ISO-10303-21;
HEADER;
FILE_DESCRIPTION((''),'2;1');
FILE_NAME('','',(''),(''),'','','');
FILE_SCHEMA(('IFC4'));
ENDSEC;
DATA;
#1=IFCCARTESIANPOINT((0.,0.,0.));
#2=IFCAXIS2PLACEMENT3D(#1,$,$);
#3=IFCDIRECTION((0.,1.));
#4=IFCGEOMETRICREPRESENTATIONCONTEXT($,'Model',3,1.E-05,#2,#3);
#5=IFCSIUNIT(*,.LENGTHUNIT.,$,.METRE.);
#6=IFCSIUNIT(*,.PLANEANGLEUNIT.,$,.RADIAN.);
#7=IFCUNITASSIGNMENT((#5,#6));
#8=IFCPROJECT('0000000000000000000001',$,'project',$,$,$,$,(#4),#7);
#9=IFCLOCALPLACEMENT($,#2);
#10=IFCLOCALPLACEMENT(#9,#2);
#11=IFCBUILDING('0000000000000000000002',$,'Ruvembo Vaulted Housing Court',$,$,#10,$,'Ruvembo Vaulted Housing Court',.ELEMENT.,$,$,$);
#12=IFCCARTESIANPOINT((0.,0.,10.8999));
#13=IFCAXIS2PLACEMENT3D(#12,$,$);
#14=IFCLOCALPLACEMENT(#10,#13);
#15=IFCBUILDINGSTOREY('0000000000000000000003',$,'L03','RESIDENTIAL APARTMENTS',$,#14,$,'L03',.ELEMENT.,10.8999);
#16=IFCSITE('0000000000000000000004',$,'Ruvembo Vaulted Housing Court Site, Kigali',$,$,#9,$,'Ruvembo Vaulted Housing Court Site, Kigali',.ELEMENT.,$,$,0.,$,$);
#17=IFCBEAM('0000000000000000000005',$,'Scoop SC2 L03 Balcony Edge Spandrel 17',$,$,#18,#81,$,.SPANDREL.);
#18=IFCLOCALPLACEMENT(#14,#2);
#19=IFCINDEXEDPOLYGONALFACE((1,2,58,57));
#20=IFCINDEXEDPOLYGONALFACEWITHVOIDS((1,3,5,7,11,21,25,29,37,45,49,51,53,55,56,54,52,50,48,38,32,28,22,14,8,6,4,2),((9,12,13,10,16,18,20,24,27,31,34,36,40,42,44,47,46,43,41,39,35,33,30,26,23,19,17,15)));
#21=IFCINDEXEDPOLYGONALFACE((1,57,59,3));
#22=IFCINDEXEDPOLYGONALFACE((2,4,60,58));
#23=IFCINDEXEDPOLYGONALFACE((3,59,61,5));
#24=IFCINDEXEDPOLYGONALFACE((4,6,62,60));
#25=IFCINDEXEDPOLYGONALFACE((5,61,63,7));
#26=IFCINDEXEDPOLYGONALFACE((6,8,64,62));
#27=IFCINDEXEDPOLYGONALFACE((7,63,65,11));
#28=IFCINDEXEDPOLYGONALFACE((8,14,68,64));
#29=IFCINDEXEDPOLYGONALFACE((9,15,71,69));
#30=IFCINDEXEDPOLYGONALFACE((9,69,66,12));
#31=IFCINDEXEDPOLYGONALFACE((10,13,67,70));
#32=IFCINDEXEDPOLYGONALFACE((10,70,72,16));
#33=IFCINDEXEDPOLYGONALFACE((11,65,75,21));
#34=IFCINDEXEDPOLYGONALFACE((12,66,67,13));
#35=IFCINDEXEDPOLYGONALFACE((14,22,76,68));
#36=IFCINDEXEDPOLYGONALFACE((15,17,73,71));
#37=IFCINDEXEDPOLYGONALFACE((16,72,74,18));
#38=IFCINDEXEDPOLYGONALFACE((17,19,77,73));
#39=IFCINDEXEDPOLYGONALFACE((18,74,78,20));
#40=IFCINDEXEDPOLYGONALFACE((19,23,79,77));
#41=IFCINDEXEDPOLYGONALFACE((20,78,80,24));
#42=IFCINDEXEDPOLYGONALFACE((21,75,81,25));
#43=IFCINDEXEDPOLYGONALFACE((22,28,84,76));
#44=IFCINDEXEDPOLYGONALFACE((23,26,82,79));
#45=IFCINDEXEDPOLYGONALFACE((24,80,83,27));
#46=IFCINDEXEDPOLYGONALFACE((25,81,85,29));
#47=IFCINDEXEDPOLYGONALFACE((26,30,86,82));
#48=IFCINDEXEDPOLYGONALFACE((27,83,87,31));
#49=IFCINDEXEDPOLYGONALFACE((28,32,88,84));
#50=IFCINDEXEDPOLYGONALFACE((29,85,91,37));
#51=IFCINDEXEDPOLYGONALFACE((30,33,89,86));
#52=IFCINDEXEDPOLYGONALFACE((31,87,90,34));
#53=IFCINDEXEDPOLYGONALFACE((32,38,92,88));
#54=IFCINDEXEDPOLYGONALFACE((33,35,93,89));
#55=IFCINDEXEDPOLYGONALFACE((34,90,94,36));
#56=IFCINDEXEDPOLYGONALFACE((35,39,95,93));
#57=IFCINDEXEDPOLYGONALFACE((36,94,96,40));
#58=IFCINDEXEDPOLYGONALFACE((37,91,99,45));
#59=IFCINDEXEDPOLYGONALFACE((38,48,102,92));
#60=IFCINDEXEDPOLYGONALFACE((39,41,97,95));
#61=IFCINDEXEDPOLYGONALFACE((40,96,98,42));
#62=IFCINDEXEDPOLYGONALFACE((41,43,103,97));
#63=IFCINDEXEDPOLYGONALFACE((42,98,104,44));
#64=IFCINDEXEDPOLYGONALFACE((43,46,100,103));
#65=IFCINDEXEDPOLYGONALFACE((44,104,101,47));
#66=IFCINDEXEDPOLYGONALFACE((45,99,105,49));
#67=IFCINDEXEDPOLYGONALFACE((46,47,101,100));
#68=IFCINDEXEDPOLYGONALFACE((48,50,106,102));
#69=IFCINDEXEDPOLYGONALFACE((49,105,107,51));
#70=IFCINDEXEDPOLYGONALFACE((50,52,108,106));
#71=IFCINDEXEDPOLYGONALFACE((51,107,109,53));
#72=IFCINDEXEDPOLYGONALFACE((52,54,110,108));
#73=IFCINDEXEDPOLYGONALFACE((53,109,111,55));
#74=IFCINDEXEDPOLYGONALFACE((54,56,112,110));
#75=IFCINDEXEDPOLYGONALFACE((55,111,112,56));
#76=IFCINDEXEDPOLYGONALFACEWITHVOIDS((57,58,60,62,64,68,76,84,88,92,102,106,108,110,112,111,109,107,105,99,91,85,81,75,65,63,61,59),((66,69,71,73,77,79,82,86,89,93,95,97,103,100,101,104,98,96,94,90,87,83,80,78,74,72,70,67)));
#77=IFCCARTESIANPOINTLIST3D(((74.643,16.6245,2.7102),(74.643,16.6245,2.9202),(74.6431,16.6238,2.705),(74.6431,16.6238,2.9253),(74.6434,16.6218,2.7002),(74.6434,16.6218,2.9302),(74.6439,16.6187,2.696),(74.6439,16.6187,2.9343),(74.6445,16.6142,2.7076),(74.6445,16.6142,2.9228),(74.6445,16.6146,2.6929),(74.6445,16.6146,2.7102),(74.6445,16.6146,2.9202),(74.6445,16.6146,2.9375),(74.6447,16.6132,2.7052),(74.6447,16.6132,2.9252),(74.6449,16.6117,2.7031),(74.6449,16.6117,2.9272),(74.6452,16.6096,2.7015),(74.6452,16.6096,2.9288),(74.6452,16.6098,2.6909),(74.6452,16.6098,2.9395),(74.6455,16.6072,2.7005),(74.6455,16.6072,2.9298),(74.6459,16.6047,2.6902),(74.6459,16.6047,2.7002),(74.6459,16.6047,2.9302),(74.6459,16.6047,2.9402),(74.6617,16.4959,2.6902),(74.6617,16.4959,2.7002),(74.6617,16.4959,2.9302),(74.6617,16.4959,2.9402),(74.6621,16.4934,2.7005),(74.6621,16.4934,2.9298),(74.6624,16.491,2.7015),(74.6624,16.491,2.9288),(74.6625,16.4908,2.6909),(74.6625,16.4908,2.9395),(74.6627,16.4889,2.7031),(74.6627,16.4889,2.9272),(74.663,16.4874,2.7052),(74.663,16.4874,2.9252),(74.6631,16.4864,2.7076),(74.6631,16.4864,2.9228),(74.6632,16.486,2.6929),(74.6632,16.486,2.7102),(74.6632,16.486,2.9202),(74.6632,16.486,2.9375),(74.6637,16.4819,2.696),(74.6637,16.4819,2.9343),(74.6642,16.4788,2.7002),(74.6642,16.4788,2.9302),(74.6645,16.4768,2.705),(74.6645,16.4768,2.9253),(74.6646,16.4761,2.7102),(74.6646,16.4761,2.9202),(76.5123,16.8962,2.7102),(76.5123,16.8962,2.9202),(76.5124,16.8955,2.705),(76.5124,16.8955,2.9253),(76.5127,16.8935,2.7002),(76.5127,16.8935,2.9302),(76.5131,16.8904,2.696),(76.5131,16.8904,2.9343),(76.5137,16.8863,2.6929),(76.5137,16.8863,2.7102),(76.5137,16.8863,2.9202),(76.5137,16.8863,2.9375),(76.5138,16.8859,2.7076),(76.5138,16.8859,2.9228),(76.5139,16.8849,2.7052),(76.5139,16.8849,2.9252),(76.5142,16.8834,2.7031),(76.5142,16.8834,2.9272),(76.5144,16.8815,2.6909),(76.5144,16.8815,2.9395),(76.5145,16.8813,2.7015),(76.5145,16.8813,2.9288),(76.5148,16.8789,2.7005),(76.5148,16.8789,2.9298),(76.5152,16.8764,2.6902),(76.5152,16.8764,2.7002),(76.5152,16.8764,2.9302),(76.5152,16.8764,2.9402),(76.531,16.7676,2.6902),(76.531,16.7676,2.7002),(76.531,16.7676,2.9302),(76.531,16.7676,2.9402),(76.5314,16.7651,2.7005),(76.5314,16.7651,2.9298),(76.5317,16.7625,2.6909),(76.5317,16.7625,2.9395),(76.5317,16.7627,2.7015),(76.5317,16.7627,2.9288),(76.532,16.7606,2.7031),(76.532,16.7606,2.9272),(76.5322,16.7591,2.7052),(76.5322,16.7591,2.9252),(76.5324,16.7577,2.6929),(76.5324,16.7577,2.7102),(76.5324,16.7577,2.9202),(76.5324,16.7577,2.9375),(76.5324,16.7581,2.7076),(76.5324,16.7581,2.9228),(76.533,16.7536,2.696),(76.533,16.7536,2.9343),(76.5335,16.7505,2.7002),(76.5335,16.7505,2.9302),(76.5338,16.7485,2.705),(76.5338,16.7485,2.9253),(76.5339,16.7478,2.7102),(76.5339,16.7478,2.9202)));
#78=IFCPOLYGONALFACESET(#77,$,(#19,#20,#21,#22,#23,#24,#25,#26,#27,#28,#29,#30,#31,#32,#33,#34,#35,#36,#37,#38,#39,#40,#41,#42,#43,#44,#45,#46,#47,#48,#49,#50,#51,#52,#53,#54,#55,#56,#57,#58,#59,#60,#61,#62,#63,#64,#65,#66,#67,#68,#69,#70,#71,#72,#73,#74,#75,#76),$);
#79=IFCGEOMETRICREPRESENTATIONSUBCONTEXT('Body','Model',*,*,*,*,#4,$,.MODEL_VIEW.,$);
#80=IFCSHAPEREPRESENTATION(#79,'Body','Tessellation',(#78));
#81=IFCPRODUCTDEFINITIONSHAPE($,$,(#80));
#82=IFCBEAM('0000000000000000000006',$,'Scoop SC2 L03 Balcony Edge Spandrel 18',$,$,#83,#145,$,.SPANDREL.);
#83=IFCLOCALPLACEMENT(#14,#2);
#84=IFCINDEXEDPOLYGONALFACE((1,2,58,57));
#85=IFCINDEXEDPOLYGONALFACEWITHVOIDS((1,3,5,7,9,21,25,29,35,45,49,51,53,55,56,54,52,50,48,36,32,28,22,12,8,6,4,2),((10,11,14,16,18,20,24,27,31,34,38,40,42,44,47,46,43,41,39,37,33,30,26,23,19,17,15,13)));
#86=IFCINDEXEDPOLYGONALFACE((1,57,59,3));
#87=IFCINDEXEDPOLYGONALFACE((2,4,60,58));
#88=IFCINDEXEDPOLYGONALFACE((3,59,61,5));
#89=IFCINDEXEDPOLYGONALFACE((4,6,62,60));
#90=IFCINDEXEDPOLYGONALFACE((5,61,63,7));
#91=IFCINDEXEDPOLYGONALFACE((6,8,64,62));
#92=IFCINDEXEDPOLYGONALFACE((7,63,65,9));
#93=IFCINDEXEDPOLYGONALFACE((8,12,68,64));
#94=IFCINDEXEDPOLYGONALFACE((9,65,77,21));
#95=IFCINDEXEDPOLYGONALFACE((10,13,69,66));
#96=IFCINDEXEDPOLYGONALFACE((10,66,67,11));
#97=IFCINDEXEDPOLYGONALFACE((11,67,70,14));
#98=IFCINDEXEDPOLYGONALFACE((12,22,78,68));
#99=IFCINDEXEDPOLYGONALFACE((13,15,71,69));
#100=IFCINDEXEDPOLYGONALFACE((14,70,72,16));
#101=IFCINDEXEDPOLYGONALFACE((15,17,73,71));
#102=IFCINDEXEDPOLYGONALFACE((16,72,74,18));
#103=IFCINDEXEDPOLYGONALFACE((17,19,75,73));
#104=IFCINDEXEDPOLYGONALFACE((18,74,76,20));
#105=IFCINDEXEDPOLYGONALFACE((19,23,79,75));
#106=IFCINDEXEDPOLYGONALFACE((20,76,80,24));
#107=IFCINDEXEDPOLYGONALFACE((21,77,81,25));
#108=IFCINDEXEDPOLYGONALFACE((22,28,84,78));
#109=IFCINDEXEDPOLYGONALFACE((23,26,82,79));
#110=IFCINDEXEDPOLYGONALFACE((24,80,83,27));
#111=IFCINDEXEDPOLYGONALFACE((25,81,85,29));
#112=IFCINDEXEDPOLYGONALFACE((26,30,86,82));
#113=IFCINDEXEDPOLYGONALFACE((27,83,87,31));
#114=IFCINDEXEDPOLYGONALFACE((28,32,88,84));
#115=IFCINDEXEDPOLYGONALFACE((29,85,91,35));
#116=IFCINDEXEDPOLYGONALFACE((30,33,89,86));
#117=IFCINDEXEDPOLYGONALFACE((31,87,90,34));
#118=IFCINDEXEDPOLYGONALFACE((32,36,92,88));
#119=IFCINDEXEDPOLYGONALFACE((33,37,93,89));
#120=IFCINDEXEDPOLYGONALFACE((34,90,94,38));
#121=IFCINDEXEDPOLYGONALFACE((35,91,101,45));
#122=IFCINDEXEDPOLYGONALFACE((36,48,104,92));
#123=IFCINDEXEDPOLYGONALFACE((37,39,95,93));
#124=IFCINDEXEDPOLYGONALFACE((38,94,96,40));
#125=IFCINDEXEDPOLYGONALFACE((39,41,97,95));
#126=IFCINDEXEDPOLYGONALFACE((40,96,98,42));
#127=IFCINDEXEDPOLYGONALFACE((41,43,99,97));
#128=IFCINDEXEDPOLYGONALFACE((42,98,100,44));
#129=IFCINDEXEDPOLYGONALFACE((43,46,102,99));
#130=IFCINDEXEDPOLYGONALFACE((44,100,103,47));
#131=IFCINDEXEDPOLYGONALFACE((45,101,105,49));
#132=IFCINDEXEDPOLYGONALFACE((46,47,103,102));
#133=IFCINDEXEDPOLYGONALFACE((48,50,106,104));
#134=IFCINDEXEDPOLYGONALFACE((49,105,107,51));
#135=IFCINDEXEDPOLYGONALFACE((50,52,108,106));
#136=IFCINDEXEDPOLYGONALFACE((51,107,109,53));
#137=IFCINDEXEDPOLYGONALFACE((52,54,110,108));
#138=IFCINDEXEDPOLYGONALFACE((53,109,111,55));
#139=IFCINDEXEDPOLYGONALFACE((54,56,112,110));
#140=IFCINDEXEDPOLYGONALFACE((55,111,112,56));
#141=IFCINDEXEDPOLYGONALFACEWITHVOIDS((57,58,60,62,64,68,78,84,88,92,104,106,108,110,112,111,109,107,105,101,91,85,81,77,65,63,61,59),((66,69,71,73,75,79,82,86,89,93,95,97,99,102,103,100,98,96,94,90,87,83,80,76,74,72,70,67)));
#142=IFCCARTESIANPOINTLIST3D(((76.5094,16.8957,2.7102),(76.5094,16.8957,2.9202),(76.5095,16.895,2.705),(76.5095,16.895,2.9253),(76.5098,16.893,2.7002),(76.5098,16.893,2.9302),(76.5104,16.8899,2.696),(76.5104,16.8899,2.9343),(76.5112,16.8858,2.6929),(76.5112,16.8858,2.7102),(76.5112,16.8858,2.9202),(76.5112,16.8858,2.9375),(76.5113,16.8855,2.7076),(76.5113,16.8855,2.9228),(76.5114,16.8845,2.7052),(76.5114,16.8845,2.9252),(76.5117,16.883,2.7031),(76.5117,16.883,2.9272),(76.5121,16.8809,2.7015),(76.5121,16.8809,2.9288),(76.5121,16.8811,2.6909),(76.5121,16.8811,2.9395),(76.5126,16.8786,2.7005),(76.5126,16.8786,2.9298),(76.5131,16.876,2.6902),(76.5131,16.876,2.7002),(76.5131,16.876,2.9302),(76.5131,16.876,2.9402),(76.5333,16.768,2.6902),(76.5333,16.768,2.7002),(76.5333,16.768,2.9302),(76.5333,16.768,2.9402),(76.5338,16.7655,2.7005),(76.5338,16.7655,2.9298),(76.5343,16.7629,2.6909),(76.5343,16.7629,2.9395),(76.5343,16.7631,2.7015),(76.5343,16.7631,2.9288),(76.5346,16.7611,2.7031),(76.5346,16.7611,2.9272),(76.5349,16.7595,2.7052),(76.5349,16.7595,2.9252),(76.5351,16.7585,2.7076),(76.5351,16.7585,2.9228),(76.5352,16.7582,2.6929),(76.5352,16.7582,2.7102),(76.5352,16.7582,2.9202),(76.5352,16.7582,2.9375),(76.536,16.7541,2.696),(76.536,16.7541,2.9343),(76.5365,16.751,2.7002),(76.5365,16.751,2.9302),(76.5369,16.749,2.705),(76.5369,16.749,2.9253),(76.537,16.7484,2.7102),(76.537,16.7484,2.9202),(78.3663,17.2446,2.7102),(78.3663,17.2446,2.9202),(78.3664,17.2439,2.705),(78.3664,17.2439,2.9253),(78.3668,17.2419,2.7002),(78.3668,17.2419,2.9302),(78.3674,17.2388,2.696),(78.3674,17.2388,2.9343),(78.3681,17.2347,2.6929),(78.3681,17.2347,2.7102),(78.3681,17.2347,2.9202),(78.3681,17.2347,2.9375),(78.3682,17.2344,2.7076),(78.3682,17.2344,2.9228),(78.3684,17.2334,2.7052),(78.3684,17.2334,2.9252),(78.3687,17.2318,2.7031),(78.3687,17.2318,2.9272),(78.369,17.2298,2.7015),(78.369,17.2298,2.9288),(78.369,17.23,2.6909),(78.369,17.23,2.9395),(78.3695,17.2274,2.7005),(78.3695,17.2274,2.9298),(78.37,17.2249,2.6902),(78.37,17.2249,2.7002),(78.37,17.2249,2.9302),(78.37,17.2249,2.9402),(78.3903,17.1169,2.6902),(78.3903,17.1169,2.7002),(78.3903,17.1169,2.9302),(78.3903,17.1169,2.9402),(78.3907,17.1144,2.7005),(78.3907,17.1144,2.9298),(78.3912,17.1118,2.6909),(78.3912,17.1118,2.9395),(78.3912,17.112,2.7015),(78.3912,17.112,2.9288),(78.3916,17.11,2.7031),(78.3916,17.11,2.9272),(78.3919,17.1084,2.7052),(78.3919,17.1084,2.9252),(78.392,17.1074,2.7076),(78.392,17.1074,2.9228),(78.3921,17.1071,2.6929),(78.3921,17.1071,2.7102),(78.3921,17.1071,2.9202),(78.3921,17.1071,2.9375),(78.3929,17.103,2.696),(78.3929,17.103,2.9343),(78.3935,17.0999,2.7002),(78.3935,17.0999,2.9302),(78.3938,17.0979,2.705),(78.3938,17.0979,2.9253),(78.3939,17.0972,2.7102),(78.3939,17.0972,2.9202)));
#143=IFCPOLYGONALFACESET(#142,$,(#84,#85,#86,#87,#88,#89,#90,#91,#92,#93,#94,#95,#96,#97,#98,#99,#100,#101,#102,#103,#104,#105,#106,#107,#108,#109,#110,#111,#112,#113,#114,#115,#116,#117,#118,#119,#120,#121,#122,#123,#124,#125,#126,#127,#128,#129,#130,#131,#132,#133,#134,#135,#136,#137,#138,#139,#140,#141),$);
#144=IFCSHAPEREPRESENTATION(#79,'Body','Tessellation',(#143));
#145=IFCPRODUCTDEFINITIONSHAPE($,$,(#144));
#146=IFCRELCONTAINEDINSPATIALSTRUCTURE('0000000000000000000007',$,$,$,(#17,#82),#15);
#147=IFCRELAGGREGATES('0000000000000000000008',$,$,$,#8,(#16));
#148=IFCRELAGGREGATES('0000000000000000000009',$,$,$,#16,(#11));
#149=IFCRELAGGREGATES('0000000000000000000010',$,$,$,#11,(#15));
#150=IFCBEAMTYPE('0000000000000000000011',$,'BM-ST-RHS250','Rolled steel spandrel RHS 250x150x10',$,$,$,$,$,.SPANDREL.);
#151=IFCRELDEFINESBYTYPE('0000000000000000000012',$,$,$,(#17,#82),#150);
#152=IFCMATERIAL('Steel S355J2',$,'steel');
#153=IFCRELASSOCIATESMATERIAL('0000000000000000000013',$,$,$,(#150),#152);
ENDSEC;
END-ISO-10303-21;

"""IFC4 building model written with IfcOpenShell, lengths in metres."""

from ifc_helpers import new_model, si_unit, direction, frame, origin, origin_2d, place, context, subcontext, project, spatial, hollow_rectangle, extrude, material, material_profile, profile_set, type_object, element, save


model = new_model("IFC4")

# Units and contexts
model_context = context("Model", 3, precision=1e-05, world=origin(), true_north=direction((0.0, 1.0)))
body_context = subcontext(model_context, "Body", "Model", "MODEL_VIEW")
ifc_project = project(units=[si_unit("LENGTHUNIT", "METRE"), si_unit("PLANEANGLEUNIT", "RADIAN")], contexts=[model_context])

# Site, building, storey
site_placement = place(None, origin())
site = spatial("IfcSite", under=ifc_project, at=site_placement, Name="Ruvembo Vaulted Housing Court Site, Kigali", LongName="Ruvembo Vaulted Housing Court Site, Kigali", CompositionType="ELEMENT", RefElevation=0.0)
building_placement = place(site_placement, origin())
building = spatial("IfcBuilding", under=site, at=building_placement, Name="Ruvembo Vaulted Housing Court", LongName="Ruvembo Vaulted Housing Court", CompositionType="ELEMENT")
storey_placement = place(building_placement, frame((0.0, 0.0, 10.8999)))
storey = spatial("IfcBuildingStorey", under=building, at=storey_placement, Name="L03", Description="RESIDENTIAL APARTMENTS", LongName="L03", CompositionType="ELEMENT", Elevation=10.8999)

# Beams
ifc_material_1 = material(Name="Steel S355J2", Category="steel")
ifc_material_profile_1 = material_profile(ifc_material_1, hollow_rectangle(XDim=0.1499, YDim=0.25, WallThickness=0.01, InnerFilletRadius=0.01, OuterFilletRadius=0.02, at=origin_2d()), Name="RHS 250x150x10")
ifc_profile_set_1 = profile_set([ifc_material_profile_1], Name="Steel S355J2")
beam_type = type_object("IfcBeamType", Name="BM-ST-RHS250", Description="Rolled steel spandrel RHS 250x150x10", PredefinedType="SPANDREL", material=ifc_profile_set_1)
beam_1_placement = place(storey_placement, frame((74.6538, 16.5503, 2.8152), z_axis=(0.9896, 0.143845, 0.0), x_axis=(-0.143845, 0.9896, 0.0)))
element("IfcBeam", 1, at=beam_1_placement, inside=storey, type_object=beam_type, Name="Scoop SC2 L03 Balcony Edge Spandrel 17", PredefinedType="SPANDREL", context=body_context, shape_type="SweptSolid", body=[
    extrude(hollow_rectangle(XDim=0.1499, YDim=0.25, WallThickness=0.01, InnerFilletRadius=0.01, OuterFilletRadius=0.02, at=origin_2d()), origin(), (0.0, 0.0, 1.0), 1.8889),
])
beam_2_placement = place(storey_placement, frame((76.5232, 16.822, 2.8152), z_axis=(0.982805, 0.184647, 0.0), x_axis=(-0.184647, 0.982805, 0.0)))
element("IfcBeam", 2, at=beam_2_placement, inside=storey, type_object=beam_type, Name="Scoop SC2 L03 Balcony Edge Spandrel 18", PredefinedType="SPANDREL", context=body_context, shape_type="SweptSolid", body=[
    extrude(hollow_rectangle(XDim=0.1499, YDim=0.25, WallThickness=0.01, InnerFilletRadius=0.01, OuterFilletRadius=0.02, at=origin_2d()), origin(), (0.0, 0.0, 1.0), 1.8894),
])

save(model, "model.ifc")
